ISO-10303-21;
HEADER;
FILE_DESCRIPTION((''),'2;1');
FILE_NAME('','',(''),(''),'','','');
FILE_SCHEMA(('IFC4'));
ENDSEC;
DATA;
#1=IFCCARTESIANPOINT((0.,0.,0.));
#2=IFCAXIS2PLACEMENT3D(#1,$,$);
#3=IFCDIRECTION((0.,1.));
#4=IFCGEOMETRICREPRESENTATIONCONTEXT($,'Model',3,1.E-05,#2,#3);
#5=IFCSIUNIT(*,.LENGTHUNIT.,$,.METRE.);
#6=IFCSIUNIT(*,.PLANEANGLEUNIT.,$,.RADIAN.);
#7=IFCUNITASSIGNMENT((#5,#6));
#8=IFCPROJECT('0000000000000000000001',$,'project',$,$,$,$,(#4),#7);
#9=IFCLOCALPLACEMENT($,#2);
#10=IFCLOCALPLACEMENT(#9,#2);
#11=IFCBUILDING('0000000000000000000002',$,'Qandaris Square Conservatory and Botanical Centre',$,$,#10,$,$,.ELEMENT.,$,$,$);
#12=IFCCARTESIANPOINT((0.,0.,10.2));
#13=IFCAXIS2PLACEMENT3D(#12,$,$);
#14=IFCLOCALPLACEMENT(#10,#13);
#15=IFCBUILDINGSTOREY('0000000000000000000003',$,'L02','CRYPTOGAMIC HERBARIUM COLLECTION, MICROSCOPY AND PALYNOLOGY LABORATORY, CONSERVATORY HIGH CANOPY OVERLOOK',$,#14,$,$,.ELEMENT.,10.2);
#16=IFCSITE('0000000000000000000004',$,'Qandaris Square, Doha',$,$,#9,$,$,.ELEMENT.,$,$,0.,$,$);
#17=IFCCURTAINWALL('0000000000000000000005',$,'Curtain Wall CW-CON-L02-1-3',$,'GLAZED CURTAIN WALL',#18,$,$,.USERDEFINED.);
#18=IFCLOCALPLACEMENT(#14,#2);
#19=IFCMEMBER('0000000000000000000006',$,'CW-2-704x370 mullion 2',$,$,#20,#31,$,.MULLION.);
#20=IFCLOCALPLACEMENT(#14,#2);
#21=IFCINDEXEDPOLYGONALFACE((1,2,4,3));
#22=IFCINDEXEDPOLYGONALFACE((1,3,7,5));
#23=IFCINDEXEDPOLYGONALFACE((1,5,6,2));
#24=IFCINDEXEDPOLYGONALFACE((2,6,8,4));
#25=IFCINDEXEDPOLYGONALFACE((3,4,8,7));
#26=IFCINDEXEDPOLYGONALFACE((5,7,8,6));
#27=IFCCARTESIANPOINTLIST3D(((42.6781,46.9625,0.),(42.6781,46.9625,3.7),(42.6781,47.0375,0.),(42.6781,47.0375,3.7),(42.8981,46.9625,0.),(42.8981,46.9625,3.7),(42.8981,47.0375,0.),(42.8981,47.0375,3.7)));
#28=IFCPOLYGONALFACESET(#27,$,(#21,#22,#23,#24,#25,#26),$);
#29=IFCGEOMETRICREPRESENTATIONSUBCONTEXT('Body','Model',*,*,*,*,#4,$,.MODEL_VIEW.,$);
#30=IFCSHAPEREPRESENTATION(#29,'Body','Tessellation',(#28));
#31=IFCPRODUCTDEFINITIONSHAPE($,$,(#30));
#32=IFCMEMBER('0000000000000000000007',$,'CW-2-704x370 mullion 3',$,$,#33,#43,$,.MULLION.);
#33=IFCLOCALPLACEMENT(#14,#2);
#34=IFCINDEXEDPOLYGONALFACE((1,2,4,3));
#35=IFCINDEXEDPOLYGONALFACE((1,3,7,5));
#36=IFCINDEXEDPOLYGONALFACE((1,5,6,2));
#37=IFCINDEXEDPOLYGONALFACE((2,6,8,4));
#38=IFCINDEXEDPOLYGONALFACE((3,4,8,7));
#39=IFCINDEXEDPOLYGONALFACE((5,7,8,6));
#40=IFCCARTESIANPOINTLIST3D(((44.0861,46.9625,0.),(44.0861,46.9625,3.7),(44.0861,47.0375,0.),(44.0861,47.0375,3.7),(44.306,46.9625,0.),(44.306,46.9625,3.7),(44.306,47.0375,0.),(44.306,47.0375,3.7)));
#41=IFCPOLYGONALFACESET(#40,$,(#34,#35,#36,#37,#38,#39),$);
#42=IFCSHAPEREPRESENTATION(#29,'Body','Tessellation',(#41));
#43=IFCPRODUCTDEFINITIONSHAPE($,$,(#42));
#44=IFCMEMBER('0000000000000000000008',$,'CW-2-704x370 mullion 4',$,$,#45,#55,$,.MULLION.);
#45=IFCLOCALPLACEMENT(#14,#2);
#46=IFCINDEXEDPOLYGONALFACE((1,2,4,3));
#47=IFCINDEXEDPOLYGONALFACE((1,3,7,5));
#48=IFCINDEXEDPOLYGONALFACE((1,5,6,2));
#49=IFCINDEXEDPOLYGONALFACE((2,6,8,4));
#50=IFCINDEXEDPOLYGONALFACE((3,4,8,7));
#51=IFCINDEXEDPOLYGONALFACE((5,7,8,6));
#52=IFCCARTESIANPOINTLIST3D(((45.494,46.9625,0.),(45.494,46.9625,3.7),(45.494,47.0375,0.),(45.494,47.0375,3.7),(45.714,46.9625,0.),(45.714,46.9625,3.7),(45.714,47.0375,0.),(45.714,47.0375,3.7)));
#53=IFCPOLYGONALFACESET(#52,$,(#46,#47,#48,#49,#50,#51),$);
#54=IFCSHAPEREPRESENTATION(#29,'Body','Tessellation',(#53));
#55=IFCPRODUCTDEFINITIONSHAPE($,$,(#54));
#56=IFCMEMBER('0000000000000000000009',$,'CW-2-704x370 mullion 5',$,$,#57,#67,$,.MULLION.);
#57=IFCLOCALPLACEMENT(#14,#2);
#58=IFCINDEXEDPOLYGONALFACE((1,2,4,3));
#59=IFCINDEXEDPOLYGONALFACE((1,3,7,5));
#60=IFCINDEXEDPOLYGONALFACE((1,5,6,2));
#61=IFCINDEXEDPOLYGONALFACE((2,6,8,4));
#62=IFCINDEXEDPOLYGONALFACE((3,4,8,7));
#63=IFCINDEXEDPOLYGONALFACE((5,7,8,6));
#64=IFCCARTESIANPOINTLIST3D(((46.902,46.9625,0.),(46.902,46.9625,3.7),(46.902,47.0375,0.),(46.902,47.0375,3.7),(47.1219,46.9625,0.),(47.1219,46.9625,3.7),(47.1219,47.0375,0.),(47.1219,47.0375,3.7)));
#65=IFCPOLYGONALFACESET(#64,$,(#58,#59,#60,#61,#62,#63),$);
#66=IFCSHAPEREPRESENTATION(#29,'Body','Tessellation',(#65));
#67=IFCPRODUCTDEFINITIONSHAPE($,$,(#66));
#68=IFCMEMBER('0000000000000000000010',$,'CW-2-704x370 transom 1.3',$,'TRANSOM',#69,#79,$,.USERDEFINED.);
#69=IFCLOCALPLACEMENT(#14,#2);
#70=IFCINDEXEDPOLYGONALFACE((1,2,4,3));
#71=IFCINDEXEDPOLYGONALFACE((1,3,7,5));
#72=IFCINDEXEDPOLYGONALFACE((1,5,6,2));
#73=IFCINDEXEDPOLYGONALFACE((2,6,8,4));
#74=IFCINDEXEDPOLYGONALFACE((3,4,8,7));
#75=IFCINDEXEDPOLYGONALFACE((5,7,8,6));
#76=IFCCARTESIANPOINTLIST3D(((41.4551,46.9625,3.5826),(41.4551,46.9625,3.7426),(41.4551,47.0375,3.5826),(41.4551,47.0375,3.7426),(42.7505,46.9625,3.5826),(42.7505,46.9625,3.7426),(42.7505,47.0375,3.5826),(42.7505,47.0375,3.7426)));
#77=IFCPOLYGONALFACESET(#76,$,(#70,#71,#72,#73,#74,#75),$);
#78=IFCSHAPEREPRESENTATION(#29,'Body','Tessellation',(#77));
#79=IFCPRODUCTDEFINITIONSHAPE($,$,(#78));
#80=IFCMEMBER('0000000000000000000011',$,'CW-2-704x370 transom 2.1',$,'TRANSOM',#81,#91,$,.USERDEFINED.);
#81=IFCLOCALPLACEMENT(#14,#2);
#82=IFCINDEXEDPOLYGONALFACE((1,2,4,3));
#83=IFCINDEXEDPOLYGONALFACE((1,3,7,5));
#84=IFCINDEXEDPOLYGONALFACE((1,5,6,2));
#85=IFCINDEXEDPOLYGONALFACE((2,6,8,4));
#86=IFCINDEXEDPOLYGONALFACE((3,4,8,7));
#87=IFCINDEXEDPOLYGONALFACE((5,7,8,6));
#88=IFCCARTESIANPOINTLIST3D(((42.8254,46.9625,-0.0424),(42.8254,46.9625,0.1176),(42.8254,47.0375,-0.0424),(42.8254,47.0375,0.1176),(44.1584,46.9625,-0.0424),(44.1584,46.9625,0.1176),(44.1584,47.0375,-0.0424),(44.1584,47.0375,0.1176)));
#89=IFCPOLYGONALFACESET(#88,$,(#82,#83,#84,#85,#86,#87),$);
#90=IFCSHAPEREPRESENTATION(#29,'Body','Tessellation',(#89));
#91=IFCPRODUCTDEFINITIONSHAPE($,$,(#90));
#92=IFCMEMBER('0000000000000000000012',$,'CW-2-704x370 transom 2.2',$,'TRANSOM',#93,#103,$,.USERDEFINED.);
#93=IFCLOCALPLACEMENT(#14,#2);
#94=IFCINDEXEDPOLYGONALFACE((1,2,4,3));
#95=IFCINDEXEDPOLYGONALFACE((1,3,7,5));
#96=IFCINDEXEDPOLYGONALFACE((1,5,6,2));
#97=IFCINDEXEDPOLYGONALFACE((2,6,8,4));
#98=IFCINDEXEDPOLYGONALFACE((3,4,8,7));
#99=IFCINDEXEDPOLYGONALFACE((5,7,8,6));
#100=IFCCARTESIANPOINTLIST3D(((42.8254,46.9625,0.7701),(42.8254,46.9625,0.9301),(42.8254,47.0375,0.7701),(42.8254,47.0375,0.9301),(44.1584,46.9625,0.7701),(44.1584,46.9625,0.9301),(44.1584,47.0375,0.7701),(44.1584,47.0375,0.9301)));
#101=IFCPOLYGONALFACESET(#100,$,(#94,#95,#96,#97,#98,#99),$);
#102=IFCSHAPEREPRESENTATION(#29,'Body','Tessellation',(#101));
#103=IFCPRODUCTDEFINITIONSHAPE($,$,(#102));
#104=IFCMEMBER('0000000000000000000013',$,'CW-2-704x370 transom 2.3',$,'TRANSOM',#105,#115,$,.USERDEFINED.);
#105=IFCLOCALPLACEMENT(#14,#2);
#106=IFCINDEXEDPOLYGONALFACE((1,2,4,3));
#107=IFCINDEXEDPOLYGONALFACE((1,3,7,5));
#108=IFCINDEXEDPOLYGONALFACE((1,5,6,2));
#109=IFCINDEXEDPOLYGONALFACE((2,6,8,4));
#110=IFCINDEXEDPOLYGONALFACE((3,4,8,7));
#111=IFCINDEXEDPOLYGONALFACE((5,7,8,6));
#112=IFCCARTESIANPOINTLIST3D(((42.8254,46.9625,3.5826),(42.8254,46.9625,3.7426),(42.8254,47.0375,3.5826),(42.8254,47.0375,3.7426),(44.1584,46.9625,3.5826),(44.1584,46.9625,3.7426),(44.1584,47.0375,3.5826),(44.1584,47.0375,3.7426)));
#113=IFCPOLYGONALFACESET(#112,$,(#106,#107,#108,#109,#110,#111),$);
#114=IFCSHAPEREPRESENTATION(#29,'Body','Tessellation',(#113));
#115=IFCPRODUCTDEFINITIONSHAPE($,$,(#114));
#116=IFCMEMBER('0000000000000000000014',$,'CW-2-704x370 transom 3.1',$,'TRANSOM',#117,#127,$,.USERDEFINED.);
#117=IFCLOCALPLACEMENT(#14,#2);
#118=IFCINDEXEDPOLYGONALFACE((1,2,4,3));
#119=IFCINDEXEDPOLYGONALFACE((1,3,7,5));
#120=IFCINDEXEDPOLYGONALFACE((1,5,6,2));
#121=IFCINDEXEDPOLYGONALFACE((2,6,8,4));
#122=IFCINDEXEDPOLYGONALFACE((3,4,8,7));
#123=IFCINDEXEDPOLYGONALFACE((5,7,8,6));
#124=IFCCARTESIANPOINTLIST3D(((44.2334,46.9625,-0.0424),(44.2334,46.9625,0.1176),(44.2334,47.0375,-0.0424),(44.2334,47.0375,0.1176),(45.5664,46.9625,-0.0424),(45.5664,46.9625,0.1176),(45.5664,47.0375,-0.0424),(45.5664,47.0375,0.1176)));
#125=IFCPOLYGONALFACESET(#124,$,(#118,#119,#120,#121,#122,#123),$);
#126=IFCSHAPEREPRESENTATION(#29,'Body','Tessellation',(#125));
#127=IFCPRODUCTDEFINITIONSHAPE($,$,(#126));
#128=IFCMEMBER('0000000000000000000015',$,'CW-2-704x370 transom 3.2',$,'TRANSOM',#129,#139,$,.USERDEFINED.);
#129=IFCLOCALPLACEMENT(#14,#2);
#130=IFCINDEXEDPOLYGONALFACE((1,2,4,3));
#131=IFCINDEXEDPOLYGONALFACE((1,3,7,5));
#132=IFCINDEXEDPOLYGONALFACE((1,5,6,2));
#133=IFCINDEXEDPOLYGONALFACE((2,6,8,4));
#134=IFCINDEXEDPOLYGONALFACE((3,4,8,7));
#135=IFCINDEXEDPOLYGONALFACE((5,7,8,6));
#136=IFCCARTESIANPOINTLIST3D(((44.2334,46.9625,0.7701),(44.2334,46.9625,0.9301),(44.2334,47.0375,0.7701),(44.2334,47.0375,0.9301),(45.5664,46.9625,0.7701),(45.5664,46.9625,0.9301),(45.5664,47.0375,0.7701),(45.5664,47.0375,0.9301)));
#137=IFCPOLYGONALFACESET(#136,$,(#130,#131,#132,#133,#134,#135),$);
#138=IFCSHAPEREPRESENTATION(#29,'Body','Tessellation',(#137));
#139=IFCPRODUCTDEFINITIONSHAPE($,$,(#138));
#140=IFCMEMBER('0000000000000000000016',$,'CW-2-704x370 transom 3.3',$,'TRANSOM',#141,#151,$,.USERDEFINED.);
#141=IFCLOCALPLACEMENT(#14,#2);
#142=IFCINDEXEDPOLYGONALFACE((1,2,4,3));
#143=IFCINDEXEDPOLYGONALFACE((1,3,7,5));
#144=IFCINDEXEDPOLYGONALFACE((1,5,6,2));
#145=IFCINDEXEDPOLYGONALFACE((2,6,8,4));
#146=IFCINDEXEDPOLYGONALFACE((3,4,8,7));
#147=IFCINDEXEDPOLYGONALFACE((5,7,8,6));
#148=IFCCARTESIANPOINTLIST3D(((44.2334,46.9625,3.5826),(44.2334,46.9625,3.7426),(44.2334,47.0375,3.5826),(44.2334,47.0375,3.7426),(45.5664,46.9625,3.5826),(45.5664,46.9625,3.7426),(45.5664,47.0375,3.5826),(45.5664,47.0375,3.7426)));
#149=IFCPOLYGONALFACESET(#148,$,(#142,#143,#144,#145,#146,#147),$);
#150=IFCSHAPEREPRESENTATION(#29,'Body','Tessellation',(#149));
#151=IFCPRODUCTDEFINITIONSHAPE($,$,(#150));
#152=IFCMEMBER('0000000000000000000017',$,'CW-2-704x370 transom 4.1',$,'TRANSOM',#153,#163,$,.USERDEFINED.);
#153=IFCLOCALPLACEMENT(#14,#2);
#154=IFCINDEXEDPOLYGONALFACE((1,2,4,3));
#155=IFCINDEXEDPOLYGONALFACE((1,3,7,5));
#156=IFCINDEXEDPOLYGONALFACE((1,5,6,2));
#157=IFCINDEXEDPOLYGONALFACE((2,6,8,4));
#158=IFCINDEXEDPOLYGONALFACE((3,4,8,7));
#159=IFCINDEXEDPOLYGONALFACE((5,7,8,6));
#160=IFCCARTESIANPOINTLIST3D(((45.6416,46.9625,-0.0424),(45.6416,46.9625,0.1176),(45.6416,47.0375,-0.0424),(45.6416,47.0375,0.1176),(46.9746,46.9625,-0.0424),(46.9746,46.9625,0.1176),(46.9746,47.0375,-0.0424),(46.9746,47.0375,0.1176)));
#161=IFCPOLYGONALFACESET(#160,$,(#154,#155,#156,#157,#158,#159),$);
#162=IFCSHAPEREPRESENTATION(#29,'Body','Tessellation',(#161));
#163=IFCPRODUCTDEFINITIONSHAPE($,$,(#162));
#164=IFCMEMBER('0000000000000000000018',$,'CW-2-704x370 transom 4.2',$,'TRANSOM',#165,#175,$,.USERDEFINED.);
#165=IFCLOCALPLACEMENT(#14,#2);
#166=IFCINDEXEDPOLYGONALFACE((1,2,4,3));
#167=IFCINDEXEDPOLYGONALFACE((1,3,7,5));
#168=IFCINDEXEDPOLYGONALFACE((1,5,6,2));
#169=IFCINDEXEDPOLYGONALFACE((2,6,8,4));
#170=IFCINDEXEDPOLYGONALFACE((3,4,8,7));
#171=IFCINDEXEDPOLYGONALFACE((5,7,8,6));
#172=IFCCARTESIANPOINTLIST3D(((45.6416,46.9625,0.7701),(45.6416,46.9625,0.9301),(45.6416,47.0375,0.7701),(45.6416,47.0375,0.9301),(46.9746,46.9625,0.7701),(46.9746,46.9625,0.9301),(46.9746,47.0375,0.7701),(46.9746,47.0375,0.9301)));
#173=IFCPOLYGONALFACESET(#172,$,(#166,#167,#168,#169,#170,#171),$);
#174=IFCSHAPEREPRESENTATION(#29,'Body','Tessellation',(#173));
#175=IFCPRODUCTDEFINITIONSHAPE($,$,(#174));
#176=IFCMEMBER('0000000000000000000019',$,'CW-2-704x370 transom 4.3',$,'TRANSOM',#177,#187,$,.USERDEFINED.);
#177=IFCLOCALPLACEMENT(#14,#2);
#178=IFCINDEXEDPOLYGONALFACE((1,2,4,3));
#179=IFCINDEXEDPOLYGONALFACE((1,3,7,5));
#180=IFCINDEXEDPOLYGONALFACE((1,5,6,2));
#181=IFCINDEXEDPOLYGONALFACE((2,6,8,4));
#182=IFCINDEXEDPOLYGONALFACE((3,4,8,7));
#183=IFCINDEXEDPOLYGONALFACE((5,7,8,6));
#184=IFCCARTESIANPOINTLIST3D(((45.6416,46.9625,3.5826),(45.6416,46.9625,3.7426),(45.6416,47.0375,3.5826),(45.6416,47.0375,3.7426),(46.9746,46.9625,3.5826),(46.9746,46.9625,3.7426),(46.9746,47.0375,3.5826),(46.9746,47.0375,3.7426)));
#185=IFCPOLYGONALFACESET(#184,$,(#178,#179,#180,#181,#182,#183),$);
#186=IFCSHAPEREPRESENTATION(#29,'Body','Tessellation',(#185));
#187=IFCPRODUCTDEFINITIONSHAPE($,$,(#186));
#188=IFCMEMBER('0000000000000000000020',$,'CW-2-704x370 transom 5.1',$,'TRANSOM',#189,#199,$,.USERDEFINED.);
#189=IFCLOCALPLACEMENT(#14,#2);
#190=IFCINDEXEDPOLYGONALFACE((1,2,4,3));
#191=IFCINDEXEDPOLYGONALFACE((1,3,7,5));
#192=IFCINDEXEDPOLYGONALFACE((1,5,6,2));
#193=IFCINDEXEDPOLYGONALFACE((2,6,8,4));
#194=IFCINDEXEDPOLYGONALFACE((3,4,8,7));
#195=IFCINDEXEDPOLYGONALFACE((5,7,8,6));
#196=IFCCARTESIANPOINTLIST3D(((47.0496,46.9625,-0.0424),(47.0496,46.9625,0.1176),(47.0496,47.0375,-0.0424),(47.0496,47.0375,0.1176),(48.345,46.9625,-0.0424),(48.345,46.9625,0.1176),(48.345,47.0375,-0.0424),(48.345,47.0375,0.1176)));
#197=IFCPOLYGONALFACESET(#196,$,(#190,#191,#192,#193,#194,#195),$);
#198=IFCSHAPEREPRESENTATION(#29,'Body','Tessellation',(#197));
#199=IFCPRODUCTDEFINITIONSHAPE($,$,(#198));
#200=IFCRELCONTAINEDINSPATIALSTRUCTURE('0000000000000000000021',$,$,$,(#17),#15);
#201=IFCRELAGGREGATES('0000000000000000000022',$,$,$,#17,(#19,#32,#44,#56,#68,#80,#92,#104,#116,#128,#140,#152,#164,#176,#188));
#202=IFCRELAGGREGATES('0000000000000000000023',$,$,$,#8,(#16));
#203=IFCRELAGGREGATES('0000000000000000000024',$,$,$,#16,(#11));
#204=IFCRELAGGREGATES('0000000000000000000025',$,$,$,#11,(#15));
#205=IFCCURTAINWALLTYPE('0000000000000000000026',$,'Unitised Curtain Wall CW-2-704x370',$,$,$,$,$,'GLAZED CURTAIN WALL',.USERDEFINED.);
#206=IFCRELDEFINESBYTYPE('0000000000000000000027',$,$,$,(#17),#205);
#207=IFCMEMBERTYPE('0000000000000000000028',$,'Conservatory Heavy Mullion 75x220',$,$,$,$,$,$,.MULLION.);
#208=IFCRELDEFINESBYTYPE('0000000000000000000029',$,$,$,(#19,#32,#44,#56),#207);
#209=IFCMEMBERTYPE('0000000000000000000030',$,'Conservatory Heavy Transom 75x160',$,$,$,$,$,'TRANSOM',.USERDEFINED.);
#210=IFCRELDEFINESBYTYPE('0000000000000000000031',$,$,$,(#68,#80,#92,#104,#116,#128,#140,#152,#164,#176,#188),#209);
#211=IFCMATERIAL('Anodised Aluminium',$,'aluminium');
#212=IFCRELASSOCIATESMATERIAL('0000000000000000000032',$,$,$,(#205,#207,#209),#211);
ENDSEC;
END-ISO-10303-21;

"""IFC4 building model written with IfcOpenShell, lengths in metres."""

from ifc_helpers import new_model, si_unit, direction, frame, origin, origin_2d, place, context, subcontext, project, spatial, rectangle, extrude, material, material_profile, profile_set, type_object, element, aggregate, save


model = new_model("IFC4")

# Units and contexts
model_context = context("Model", 3, precision=1e-05, world=origin(), true_north=direction((0.0, 1.0)))
body_context = subcontext(model_context, "Body", "Model", "MODEL_VIEW")
ifc_project = project(units=[si_unit("LENGTHUNIT", "METRE"), si_unit("PLANEANGLEUNIT", "RADIAN")], contexts=[model_context])

# Site, building, storey
site_placement = place(None, origin())
site = spatial("IfcSite", under=ifc_project, at=site_placement, Name="Qandaris Square, Doha", CompositionType="ELEMENT", RefElevation=0.0)
building_placement = place(site_placement, origin())
building = spatial("IfcBuilding", under=site, at=building_placement, Name="Qandaris Square Conservatory and Botanical Centre", CompositionType="ELEMENT")
storey_placement = place(building_placement, frame((0.0, 0.0, 10.2)))
storey = spatial("IfcBuildingStorey", under=building, at=storey_placement, Name="L02", Description="CRYPTOGAMIC HERBARIUM COLLECTION, MICROSCOPY AND PALYNOLOGY LABORATORY, CONSERVATORY HIGH CANOPY OVERLOOK", CompositionType="ELEMENT", Elevation=10.2)

# Curtain wall, members
ifc_material_1 = material(Name="Anodised Aluminium", Category="aluminium")
curtain_wall_type = type_object("IfcCurtainWallType", Name="Unitised Curtain Wall CW-2-704x370", ElementType="GLAZED CURTAIN WALL", PredefinedType="USERDEFINED", material=ifc_material_1)
curtain_wall_placement = place(storey_placement, origin())
curtain_wall = element("IfcCurtainWall", 1, at=curtain_wall_placement, inside=storey, type_object=curtain_wall_type, Name="Curtain Wall CW-CON-L02-1-3", ObjectType="GLAZED CURTAIN WALL", PredefinedType="USERDEFINED")
ifc_material_profile_1 = material_profile(ifc_material_1, rectangle(XDim=0.075, YDim=0.22, at=origin_2d()), Name="ALU-MUL 75x220")
ifc_profile_set_1 = profile_set([ifc_material_profile_1], Name="Anodised Aluminium")
member_type_1 = type_object("IfcMemberType", Name="Conservatory Heavy Mullion 75x220", PredefinedType="MULLION", material=ifc_profile_set_1)
member_1_placement = place(storey_placement, frame((42.7881, 47.0, 0.0), z_axis=(0.0, 0.0, 1.0), x_axis=(0.0, 1.0, 0.0)))
member_1 = element("IfcMember", 2, at=member_1_placement, type_object=member_type_1, Name="CW-2-704x370 mullion 2", PredefinedType="MULLION", context=body_context, shape_type="SweptSolid", body=[
    extrude(rectangle(XDim=0.075, YDim=0.22, at=origin_2d()), origin(), (0.0, 0.0, 1.0), 3.7),
])
member_2_placement = place(storey_placement, frame((44.196, 47.0, 0.0), z_axis=(0.0, 0.0, 1.0), x_axis=(0.0, 1.0, 0.0)))
member_2 = element("IfcMember", 3, at=member_2_placement, type_object=member_type_1, Name="CW-2-704x370 mullion 3", PredefinedType="MULLION", context=body_context, shape_type="SweptSolid", body=[
    extrude(rectangle(XDim=0.075, YDim=0.22, at=origin_2d()), origin(), (0.0, 0.0, 1.0), 3.7),
])
member_3_placement = place(storey_placement, frame((45.604, 47.0, 0.0), z_axis=(0.0, 0.0, 1.0), x_axis=(0.0, 1.0, 0.0)))
member_3 = element("IfcMember", 4, at=member_3_placement, type_object=member_type_1, Name="CW-2-704x370 mullion 4", PredefinedType="MULLION", context=body_context, shape_type="SweptSolid", body=[
    extrude(rectangle(XDim=0.075, YDim=0.22, at=origin_2d()), origin(), (0.0, 0.0, 1.0), 3.7),
])
member_4_placement = place(storey_placement, frame((47.012, 47.0, 0.0), z_axis=(0.0, 0.0, 1.0), x_axis=(0.0, 1.0, 0.0)))
member_4 = element("IfcMember", 5, at=member_4_placement, type_object=member_type_1, Name="CW-2-704x370 mullion 5", PredefinedType="MULLION", context=body_context, shape_type="SweptSolid", body=[
    extrude(rectangle(XDim=0.075, YDim=0.22, at=origin_2d()), origin(), (0.0, 0.0, 1.0), 3.7),
])
ifc_material_profile_2 = material_profile(ifc_material_1, rectangle(XDim=0.075, YDim=0.1599, at=origin_2d()), Name="ALU-TRN 75x160")
ifc_profile_set_2 = profile_set([ifc_material_profile_2], Name="Anodised Aluminium")
member_type_2 = type_object("IfcMemberType", Name="Conservatory Heavy Transom 75x160", ElementType="TRANSOM", PredefinedType="USERDEFINED", material=ifc_profile_set_2)
member_5_placement = place(storey_placement, frame((41.4551, 47.0, 3.6626), z_axis=(1.0, 0.0, 0.0), x_axis=(0.0, 1.0, 0.0)))
member_5 = element("IfcMember", 6, at=member_5_placement, type_object=member_type_2, Name="CW-2-704x370 transom 1.3", ObjectType="TRANSOM", PredefinedType="USERDEFINED", context=body_context, shape_type="SweptSolid", body=[
    extrude(rectangle(XDim=0.075, YDim=0.1599, at=origin_2d()), origin(), (0.0, 0.0, 1.0), 1.2954),
])
member_6_placement = place(storey_placement, frame((42.8254, 47.0, 0.0376), z_axis=(1.0, 0.0, 0.0), x_axis=(0.0, 1.0, 0.0)))
member_6 = element("IfcMember", 7, at=member_6_placement, type_object=member_type_2, Name="CW-2-704x370 transom 2.1", ObjectType="TRANSOM", PredefinedType="USERDEFINED", context=body_context, shape_type="SweptSolid", body=[
    extrude(rectangle(XDim=0.075, YDim=0.1599, at=origin_2d()), origin(), (0.0, 0.0, 1.0), 1.333),
])
member_7_placement = place(storey_placement, frame((42.8254, 47.0, 0.8501), z_axis=(1.0, 0.0, 0.0), x_axis=(0.0, 1.0, 0.0)))
member_7 = element("IfcMember", 8, at=member_7_placement, type_object=member_type_2, Name="CW-2-704x370 transom 2.2", ObjectType="TRANSOM", PredefinedType="USERDEFINED", context=body_context, shape_type="SweptSolid", body=[
    extrude(rectangle(XDim=0.075, YDim=0.1599, at=origin_2d()), origin(), (0.0, 0.0, 1.0), 1.333),
])
member_8_placement = place(storey_placement, frame((42.8254, 47.0, 3.6626), z_axis=(1.0, 0.0, 0.0), x_axis=(0.0, 1.0, 0.0)))
member_8 = element("IfcMember", 9, at=member_8_placement, type_object=member_type_2, Name="CW-2-704x370 transom 2.3", ObjectType="TRANSOM", PredefinedType="USERDEFINED", context=body_context, shape_type="SweptSolid", body=[
    extrude(rectangle(XDim=0.075, YDim=0.1599, at=origin_2d()), origin(), (0.0, 0.0, 1.0), 1.333),
])
member_9_placement = place(storey_placement, frame((44.2334, 47.0, 0.0376), z_axis=(1.0, 0.0, 0.0), x_axis=(0.0, 1.0, 0.0)))
member_9 = element("IfcMember", 10, at=member_9_placement, type_object=member_type_2, Name="CW-2-704x370 transom 3.1", ObjectType="TRANSOM", PredefinedType="USERDEFINED", context=body_context, shape_type="SweptSolid", body=[
    extrude(rectangle(XDim=0.075, YDim=0.1599, at=origin_2d()), origin(), (0.0, 0.0, 1.0), 1.333),
])
member_10_placement = place(storey_placement, frame((44.2334, 47.0, 0.8501), z_axis=(1.0, 0.0, 0.0), x_axis=(0.0, 1.0, 0.0)))
member_10 = element("IfcMember", 11, at=member_10_placement, type_object=member_type_2, Name="CW-2-704x370 transom 3.2", ObjectType="TRANSOM", PredefinedType="USERDEFINED", context=body_context, shape_type="SweptSolid", body=[
    extrude(rectangle(XDim=0.075, YDim=0.1599, at=origin_2d()), origin(), (0.0, 0.0, 1.0), 1.333),
])
member_11_placement = place(storey_placement, frame((44.2334, 47.0, 3.6626), z_axis=(1.0, 0.0, 0.0), x_axis=(0.0, 1.0, 0.0)))
member_11 = element("IfcMember", 12, at=member_11_placement, type_object=member_type_2, Name="CW-2-704x370 transom 3.3", ObjectType="TRANSOM", PredefinedType="USERDEFINED", context=body_context, shape_type="SweptSolid", body=[
    extrude(rectangle(XDim=0.075, YDim=0.1599, at=origin_2d()), origin(), (0.0, 0.0, 1.0), 1.333),
])
member_12_placement = place(storey_placement, frame((45.6416, 47.0, 0.0376), z_axis=(1.0, 0.0, 0.0), x_axis=(0.0, 1.0, 0.0)))
member_12 = element("IfcMember", 13, at=member_12_placement, type_object=member_type_2, Name="CW-2-704x370 transom 4.1", ObjectType="TRANSOM", PredefinedType="USERDEFINED", context=body_context, shape_type="SweptSolid", body=[
    extrude(rectangle(XDim=0.075, YDim=0.1599, at=origin_2d()), origin(), (0.0, 0.0, 1.0), 1.333),
])
member_13_placement = place(storey_placement, frame((45.6416, 47.0, 0.8501), z_axis=(1.0, 0.0, 0.0), x_axis=(0.0, 1.0, 0.0)))
member_13 = element("IfcMember", 14, at=member_13_placement, type_object=member_type_2, Name="CW-2-704x370 transom 4.2", ObjectType="TRANSOM", PredefinedType="USERDEFINED", context=body_context, shape_type="SweptSolid", body=[
    extrude(rectangle(XDim=0.075, YDim=0.1599, at=origin_2d()), origin(), (0.0, 0.0, 1.0), 1.333),
])
member_14_placement = place(storey_placement, frame((45.6416, 47.0, 3.6626), z_axis=(1.0, 0.0, 0.0), x_axis=(0.0, 1.0, 0.0)))
member_14 = element("IfcMember", 15, at=member_14_placement, type_object=member_type_2, Name="CW-2-704x370 transom 4.3", ObjectType="TRANSOM", PredefinedType="USERDEFINED", context=body_context, shape_type="SweptSolid", body=[
    extrude(rectangle(XDim=0.075, YDim=0.1599, at=origin_2d()), origin(), (0.0, 0.0, 1.0), 1.333),
])
member_15_placement = place(storey_placement, frame((47.0496, 47.0, 0.0376), z_axis=(1.0, 0.0, 0.0), x_axis=(0.0, 1.0, 0.0)))
member_15 = element("IfcMember", 16, at=member_15_placement, type_object=member_type_2, Name="CW-2-704x370 transom 5.1", ObjectType="TRANSOM", PredefinedType="USERDEFINED", context=body_context, shape_type="SweptSolid", body=[
    extrude(rectangle(XDim=0.075, YDim=0.1599, at=origin_2d()), origin(), (0.0, 0.0, 1.0), 1.2954),
])
aggregate(curtain_wall, [member_1, member_2, member_3, member_4, member_5, member_6, member_7, member_8, member_9, member_10, member_11, member_12, member_13, member_14, member_15])

save(model, "model.ifc")
